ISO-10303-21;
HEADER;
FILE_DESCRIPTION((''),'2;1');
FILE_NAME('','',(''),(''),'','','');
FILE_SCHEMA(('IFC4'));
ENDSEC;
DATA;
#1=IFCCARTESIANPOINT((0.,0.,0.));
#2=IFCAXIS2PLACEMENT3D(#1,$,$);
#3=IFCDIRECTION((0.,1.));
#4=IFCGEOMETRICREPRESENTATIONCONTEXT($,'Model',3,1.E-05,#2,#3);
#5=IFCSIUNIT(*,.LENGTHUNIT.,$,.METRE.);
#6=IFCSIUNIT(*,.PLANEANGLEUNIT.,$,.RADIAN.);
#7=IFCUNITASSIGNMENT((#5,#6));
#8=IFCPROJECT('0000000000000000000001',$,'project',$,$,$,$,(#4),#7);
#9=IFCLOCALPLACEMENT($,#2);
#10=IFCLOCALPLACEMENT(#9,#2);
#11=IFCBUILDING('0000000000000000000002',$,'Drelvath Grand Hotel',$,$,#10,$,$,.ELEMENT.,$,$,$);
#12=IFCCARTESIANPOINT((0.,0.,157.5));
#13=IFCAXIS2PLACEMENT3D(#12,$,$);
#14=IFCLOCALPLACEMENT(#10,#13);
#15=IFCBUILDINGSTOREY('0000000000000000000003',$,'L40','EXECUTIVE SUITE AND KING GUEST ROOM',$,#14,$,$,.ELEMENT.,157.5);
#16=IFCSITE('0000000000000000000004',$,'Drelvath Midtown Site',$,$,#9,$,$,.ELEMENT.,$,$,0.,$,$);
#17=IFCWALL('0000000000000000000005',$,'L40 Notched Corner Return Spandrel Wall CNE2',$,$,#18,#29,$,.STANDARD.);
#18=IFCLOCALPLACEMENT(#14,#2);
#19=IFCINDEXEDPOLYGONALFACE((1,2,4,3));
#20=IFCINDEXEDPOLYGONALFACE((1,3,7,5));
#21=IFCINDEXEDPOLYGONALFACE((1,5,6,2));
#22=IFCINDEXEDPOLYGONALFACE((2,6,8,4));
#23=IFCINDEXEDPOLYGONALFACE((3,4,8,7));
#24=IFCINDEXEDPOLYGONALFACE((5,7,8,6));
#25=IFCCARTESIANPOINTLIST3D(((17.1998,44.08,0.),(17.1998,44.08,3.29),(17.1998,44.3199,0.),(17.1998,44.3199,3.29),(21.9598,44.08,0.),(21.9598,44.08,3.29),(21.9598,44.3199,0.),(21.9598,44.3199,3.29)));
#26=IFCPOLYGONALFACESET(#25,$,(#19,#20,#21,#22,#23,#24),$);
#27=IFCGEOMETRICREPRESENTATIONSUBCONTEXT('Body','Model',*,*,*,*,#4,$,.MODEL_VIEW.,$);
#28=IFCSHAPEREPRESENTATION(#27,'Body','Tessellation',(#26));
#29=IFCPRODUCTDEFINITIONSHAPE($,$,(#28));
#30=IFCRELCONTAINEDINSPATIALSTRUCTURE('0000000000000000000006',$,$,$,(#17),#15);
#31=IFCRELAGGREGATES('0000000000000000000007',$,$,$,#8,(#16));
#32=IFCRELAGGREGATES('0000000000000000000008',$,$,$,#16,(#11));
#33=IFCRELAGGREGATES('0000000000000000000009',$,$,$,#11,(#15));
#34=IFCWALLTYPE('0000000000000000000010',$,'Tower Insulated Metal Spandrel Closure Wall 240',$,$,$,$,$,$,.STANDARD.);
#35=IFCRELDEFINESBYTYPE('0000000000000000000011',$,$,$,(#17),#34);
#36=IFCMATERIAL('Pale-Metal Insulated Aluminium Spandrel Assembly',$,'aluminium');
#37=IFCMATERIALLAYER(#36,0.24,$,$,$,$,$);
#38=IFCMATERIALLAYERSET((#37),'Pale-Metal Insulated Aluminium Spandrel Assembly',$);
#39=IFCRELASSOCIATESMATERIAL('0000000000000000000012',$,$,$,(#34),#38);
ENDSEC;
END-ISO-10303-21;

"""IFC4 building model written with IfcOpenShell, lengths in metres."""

from ifc_helpers import new_model, si_unit, direction, frame, frame_2d, origin, place, context, subcontext, project, spatial, rectangle, extrude, material, layer, layer_set, type_object, element, save


model = new_model("IFC4")

# Units and contexts
model_context = context("Model", 3, precision=1e-05, world=origin(), true_north=direction((0.0, 1.0)))
body_context = subcontext(model_context, "Body", "Model", "MODEL_VIEW")
ifc_project = project(units=[si_unit("LENGTHUNIT", "METRE"), si_unit("PLANEANGLEUNIT", "RADIAN")], contexts=[model_context])

# Site, building, storey
site_placement = place(None, origin())
site = spatial("IfcSite", under=ifc_project, at=site_placement, Name="Drelvath Midtown Site", CompositionType="ELEMENT", RefElevation=0.0)
building_placement = place(site_placement, origin())
building = spatial("IfcBuilding", under=site, at=building_placement, Name="Drelvath Grand Hotel", CompositionType="ELEMENT")
storey_placement = place(building_placement, frame((0.0, 0.0, 157.5)))
storey = spatial("IfcBuildingStorey", under=building, at=storey_placement, Name="L40", Description="EXECUTIVE SUITE AND KING GUEST ROOM", CompositionType="ELEMENT", Elevation=157.5)

# Wall
ifc_material_1 = material(Name="Pale-Metal Insulated Aluminium Spandrel Assembly", Category="aluminium")
ifc_layer_1 = layer(ifc_material_1, 0.24)
ifc_layer_set_1 = layer_set([ifc_layer_1], Name="Pale-Metal Insulated Aluminium Spandrel Assembly")
wall_type_1 = type_object("IfcWallType", Name="Tower Insulated Metal Spandrel Closure Wall 240", PredefinedType="STANDARD", material=ifc_layer_set_1)
for number, where, z_axis, x_axis, name in (
    (1, (17.2, 44.2, 0.0), (0.0, 0.0, 1.0), (1.0, 0.0, 0.0), "L40 Notched Corner Return Spandrel Wall CNE2"),
):
    element("IfcWall", number, at=place(storey_placement, frame(where, z_axis=z_axis, x_axis=x_axis)), inside=storey, type_object=wall_type_1, Name=name, PredefinedType="STANDARD", context=body_context, shape_type="SweptSolid", body=[
        extrude(rectangle(XDim=4.76, YDim=0.24, at=frame_2d((2.3799, 0.0))), origin(), (0.0, 0.0, 1.0), 3.29),
    ])

save(model, "model.ifc")
